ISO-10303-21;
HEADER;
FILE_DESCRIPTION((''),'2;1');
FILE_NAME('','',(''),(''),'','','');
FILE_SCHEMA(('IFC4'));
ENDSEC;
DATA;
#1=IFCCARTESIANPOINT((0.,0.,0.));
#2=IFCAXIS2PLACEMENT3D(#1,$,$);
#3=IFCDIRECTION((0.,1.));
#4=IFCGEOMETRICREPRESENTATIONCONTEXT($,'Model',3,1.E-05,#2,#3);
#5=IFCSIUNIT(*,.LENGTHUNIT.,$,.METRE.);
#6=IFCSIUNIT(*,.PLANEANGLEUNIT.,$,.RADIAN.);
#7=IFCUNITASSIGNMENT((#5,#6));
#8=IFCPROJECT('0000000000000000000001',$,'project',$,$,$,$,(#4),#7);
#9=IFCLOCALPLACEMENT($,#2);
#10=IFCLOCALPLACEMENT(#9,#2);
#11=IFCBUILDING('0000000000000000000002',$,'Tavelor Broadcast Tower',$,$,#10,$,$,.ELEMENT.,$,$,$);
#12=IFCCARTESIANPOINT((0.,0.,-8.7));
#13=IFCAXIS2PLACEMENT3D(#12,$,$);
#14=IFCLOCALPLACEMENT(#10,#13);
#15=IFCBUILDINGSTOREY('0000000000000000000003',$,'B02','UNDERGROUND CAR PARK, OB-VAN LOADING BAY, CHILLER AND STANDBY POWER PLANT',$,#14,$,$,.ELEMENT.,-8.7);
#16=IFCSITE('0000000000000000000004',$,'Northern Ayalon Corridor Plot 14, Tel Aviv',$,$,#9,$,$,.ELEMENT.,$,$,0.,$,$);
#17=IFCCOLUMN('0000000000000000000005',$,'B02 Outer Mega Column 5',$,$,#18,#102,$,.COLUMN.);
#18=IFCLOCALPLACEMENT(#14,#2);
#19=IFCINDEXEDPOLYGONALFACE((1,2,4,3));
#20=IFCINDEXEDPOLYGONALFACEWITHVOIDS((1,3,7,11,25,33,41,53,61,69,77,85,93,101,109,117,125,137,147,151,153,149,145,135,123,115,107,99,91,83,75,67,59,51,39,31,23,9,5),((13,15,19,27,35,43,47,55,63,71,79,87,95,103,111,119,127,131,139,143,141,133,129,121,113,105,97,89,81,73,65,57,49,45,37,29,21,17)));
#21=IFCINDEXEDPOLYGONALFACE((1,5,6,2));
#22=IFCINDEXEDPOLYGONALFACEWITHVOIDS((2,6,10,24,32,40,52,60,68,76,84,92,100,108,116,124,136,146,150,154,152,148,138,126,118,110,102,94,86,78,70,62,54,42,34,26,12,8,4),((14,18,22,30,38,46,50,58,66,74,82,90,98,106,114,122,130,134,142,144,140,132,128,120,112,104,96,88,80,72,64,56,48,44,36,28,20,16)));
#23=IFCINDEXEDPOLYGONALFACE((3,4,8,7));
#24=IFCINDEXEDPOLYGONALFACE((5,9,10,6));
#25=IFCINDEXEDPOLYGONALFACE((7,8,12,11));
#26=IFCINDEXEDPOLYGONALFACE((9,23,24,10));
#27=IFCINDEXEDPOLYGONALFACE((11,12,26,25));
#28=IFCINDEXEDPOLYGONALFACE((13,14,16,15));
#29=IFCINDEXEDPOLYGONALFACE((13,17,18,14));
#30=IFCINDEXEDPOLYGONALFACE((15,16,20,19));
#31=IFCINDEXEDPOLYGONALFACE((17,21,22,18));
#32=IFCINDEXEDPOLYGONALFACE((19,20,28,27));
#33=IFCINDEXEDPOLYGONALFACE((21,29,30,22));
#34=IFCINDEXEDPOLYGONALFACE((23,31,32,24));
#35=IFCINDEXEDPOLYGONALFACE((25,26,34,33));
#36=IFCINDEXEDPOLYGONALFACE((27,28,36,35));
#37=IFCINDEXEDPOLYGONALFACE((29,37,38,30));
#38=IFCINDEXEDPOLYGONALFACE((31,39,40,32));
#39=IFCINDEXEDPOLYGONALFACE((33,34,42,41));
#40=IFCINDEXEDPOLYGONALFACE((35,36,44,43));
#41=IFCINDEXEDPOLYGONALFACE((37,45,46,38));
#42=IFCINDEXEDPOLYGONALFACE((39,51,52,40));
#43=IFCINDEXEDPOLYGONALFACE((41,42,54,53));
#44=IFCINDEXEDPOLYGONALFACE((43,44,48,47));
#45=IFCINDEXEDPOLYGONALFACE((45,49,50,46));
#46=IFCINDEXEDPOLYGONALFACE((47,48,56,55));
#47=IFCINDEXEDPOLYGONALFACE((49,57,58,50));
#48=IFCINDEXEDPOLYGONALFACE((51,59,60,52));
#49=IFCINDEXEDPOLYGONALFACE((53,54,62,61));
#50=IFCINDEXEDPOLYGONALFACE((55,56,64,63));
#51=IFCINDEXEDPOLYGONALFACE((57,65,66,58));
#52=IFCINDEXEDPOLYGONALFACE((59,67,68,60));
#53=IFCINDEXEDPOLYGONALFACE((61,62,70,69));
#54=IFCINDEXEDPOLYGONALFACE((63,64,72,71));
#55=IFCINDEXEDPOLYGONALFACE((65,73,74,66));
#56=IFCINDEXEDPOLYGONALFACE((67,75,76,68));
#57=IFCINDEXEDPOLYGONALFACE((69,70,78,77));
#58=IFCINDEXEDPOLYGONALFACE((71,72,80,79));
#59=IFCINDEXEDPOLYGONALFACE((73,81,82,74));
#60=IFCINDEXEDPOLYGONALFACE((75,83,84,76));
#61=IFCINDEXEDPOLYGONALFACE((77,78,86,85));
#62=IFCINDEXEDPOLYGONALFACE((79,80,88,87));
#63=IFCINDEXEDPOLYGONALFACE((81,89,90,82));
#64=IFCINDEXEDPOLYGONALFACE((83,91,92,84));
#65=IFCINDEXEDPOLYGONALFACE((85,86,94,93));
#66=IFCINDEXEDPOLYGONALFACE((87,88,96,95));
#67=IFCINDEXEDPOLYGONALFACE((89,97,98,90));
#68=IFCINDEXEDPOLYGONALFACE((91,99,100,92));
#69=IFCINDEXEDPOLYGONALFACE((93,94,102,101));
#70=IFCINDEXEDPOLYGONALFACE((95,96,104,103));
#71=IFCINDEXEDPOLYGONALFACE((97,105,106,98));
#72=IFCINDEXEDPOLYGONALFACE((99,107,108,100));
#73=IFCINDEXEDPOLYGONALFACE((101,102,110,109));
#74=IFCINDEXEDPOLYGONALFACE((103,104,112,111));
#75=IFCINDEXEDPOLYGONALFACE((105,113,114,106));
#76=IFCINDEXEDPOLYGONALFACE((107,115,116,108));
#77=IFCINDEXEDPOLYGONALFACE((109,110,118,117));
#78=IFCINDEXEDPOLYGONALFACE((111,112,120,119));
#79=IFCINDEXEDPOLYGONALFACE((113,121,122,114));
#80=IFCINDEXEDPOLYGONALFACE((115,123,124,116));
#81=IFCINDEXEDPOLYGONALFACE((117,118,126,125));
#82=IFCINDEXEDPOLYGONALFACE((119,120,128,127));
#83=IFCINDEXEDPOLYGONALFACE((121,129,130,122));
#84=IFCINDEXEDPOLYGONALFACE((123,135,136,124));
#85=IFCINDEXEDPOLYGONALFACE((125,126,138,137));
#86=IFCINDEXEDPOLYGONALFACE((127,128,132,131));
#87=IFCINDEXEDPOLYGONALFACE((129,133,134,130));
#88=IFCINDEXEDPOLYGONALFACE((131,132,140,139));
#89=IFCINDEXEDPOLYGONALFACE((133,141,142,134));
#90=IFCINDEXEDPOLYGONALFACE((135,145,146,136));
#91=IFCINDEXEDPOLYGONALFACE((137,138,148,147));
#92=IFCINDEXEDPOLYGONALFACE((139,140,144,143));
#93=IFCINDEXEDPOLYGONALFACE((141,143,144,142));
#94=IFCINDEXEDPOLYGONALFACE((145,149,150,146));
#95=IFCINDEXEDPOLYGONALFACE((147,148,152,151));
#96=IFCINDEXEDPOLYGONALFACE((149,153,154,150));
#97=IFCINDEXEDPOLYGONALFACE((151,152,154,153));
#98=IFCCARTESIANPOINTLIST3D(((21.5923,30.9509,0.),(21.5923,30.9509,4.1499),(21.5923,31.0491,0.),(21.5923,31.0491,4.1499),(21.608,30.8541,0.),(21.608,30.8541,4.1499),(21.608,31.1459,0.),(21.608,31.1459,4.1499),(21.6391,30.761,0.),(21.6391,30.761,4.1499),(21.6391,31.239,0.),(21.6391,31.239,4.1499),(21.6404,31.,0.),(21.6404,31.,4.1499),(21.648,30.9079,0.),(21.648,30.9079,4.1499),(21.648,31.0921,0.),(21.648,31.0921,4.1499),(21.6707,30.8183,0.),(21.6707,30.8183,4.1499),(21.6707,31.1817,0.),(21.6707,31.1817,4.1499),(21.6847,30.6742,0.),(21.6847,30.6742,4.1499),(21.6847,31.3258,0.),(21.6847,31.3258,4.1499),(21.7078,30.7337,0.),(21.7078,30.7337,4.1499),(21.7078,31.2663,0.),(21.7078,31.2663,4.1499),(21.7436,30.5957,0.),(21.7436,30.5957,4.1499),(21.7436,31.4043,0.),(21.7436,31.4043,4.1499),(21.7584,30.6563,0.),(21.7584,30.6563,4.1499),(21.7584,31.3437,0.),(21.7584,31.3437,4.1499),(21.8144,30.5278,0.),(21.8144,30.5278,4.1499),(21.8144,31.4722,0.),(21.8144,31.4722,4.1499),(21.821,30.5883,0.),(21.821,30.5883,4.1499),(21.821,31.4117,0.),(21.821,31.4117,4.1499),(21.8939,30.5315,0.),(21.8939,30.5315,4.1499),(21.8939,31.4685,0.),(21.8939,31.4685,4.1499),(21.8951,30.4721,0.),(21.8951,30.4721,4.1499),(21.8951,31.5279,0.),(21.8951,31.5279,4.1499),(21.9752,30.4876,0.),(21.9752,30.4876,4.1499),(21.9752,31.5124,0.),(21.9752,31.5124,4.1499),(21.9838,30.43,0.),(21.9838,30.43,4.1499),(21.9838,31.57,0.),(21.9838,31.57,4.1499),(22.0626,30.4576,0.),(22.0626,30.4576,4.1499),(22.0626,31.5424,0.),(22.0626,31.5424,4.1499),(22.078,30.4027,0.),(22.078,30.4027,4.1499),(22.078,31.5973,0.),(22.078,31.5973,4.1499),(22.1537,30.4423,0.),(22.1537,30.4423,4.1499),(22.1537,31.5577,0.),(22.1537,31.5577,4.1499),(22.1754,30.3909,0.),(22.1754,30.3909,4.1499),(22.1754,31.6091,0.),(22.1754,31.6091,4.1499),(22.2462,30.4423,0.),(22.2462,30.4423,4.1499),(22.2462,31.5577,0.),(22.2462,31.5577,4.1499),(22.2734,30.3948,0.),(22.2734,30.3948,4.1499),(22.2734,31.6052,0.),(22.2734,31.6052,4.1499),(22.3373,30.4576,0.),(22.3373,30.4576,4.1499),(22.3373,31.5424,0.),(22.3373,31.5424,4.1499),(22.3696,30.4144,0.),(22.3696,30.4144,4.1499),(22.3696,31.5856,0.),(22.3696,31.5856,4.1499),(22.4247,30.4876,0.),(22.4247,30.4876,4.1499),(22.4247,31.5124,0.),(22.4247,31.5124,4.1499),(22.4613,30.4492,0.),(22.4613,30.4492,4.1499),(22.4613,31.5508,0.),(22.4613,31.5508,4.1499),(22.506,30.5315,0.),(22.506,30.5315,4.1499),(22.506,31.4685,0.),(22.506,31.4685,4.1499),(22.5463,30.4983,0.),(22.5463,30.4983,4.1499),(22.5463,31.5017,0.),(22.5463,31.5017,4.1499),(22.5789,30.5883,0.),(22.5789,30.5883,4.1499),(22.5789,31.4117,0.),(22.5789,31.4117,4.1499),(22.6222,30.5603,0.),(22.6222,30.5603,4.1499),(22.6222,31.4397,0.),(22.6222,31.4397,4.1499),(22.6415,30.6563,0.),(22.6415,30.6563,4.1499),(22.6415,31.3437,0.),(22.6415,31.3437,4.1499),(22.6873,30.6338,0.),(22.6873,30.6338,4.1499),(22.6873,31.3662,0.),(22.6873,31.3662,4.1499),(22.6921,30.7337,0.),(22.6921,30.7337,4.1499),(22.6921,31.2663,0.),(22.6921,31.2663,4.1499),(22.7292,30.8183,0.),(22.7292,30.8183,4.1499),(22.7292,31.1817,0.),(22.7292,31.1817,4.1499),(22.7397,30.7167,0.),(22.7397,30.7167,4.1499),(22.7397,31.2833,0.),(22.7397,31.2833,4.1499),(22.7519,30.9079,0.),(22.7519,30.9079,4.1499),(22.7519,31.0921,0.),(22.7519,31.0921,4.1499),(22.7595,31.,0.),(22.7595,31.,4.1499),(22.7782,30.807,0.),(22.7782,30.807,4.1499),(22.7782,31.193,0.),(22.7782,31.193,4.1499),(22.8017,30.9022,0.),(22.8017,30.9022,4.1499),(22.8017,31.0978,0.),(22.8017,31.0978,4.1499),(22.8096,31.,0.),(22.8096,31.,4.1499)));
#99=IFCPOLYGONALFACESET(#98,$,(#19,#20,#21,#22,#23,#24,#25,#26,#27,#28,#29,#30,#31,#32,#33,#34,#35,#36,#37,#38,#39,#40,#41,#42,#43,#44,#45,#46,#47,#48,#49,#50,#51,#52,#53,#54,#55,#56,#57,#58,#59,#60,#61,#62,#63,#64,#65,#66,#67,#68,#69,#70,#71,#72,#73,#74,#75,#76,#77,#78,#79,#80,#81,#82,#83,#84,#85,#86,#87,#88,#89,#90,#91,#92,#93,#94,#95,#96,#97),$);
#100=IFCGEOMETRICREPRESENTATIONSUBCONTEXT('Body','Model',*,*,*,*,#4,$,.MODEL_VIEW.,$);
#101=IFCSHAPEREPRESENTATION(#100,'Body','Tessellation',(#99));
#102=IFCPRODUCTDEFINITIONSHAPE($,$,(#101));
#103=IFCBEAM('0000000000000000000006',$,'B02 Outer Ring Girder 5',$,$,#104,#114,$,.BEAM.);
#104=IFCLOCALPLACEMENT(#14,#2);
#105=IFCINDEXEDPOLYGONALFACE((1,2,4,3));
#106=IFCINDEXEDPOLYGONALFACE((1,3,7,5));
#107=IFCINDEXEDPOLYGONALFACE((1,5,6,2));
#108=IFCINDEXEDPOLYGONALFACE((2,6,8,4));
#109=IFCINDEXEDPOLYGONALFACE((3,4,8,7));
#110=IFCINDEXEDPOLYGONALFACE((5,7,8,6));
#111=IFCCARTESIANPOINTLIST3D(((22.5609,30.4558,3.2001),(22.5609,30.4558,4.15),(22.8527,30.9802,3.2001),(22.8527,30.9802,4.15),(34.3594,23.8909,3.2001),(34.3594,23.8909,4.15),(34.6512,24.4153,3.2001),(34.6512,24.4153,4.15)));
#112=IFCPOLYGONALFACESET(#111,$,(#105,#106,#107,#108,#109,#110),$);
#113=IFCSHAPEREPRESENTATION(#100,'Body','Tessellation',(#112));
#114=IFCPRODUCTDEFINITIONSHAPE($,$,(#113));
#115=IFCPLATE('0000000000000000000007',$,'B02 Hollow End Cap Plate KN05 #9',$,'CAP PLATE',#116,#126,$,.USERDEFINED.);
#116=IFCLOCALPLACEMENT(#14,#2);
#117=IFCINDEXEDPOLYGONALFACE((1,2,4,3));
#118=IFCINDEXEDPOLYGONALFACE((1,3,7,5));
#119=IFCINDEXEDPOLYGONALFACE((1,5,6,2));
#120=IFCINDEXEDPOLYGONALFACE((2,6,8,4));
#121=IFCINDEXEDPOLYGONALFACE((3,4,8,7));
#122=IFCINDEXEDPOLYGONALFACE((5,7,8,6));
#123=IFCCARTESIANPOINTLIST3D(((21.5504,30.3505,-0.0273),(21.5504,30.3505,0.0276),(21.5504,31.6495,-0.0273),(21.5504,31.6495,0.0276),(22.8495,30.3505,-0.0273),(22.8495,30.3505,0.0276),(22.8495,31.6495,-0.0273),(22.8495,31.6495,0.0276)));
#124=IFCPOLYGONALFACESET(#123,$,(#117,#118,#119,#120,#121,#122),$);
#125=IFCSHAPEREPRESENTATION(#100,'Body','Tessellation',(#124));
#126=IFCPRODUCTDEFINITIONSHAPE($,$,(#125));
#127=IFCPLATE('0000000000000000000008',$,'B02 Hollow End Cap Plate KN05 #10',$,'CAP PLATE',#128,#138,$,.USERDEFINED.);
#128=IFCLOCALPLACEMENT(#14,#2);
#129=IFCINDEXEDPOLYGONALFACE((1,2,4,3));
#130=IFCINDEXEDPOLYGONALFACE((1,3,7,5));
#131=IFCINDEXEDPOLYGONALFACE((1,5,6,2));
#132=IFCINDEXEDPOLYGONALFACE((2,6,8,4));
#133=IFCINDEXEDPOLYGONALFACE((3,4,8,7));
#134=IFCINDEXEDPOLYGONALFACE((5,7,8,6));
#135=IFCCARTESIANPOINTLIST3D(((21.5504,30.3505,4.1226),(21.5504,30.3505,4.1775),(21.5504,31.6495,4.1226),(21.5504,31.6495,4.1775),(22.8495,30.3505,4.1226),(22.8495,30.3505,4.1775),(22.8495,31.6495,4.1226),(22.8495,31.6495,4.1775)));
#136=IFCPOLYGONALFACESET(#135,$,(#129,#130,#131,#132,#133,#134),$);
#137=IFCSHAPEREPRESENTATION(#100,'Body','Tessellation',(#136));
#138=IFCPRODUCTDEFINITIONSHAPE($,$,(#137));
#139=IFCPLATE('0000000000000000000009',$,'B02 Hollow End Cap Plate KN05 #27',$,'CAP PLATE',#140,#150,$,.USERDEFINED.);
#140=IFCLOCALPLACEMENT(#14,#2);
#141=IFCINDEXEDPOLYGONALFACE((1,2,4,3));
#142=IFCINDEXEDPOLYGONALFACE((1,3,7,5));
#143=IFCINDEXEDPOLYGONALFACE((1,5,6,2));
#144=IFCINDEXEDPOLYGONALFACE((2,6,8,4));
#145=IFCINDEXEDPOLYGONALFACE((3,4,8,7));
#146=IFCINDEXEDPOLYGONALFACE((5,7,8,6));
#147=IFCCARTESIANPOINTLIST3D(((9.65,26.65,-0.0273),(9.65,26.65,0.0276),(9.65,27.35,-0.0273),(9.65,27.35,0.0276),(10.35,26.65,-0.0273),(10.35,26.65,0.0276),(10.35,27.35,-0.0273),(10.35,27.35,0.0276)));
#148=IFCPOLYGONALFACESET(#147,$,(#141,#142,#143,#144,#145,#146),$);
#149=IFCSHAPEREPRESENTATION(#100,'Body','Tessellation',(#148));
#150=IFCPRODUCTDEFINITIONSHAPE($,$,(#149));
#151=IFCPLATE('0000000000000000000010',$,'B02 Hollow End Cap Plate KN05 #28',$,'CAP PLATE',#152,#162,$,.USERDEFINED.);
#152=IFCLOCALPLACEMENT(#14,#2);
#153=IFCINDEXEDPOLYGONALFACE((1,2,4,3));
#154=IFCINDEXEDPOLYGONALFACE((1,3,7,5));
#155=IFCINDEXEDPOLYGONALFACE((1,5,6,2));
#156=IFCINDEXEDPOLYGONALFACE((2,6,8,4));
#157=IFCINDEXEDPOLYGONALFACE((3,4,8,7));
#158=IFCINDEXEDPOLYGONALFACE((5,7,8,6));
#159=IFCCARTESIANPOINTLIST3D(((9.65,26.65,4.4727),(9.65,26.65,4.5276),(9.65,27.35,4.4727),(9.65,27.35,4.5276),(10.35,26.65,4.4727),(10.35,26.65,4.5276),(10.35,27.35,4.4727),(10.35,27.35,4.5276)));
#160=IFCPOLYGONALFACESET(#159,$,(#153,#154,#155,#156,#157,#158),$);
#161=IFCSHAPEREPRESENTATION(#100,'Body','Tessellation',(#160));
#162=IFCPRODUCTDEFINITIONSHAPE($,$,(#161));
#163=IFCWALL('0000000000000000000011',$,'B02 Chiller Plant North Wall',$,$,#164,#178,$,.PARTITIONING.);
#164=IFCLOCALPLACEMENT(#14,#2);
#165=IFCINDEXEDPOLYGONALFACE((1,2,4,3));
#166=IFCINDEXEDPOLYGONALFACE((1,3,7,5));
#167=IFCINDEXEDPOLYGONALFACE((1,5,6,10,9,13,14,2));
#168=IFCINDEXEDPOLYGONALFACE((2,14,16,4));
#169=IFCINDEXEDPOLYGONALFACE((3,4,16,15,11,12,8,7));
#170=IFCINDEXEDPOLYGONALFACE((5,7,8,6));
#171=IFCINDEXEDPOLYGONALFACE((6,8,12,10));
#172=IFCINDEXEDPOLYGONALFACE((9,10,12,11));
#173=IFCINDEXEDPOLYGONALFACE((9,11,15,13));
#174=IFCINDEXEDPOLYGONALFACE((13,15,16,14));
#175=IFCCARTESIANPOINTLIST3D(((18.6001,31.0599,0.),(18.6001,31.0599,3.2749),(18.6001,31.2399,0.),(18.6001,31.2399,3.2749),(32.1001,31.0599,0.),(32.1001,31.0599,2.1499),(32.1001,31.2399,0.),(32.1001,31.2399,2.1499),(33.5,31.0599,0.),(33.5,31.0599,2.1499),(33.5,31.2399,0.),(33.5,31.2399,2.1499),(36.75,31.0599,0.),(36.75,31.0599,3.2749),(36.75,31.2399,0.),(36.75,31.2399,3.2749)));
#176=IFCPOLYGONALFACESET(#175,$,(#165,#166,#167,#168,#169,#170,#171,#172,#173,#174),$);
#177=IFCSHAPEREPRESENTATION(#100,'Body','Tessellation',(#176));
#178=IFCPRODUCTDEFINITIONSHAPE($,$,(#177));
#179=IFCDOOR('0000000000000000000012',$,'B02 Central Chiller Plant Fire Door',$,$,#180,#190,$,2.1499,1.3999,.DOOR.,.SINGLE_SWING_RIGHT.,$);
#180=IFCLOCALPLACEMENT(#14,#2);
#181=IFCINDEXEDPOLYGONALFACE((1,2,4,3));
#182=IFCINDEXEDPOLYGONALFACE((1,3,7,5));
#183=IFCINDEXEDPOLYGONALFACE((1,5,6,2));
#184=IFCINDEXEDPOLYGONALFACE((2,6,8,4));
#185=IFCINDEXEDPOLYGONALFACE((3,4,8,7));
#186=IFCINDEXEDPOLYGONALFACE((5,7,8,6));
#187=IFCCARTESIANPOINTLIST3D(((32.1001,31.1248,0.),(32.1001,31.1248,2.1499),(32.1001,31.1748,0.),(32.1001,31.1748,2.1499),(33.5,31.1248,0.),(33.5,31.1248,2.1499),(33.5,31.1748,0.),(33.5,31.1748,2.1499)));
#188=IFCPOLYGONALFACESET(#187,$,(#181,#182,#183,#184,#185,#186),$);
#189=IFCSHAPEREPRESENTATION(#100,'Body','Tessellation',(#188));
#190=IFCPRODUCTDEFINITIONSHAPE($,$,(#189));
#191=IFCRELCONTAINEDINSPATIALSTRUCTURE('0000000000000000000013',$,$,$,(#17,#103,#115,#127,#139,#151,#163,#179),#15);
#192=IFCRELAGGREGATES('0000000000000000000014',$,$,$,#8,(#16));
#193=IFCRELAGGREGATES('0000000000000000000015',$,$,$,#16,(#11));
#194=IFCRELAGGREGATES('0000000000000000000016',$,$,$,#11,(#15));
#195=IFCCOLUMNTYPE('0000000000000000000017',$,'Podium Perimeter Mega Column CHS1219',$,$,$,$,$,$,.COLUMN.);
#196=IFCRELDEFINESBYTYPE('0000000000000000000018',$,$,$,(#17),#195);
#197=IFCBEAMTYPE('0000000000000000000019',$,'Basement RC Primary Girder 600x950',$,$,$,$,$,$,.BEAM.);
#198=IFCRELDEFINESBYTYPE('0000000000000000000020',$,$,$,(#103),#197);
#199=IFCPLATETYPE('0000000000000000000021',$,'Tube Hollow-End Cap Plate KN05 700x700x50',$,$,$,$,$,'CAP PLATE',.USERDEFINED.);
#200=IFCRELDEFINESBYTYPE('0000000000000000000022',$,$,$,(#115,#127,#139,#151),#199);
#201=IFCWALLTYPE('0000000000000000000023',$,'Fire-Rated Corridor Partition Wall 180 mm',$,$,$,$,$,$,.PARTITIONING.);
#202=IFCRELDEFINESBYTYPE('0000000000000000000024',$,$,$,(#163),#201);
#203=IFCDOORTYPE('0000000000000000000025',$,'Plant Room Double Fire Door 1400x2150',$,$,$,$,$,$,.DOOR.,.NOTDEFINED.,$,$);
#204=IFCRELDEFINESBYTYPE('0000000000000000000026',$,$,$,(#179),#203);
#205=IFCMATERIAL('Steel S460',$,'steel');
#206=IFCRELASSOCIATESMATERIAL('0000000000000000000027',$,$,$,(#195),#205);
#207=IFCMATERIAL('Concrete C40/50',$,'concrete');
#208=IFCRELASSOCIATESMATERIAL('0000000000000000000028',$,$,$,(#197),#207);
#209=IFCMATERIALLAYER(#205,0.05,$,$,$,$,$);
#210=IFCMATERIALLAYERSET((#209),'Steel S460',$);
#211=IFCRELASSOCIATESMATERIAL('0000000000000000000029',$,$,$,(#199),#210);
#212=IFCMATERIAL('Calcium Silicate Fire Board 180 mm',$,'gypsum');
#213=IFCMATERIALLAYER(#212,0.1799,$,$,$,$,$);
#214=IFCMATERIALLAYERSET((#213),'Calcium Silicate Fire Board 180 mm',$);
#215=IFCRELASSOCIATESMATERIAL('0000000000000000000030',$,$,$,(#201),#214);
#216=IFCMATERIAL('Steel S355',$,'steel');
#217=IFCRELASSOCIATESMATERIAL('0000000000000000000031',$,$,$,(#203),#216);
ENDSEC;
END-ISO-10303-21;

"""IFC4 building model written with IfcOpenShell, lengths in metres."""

from ifc_helpers import new_model, si_unit, direction, frame, frame_2d, origin, origin_2d, place, context, subcontext, project, spatial, rectangle, hollow_circle, extrude, source, transform, mapped, material, layer, layer_set, material_profile, profile_set, type_object, type_shapes, element, fill, save


model = new_model("IFC4")

# Units and contexts
model_context = context("Model", 3, precision=1e-05, world=origin(), true_north=direction((0.0, 1.0)))
body_context = subcontext(model_context, "Body", "Model", "MODEL_VIEW")
ifc_project = project(units=[si_unit("LENGTHUNIT", "METRE"), si_unit("PLANEANGLEUNIT", "RADIAN")], contexts=[model_context])

# Site, building, storey
site_placement = place(None, origin())
site = spatial("IfcSite", under=ifc_project, at=site_placement, Name="Northern Ayalon Corridor Plot 14, Tel Aviv", CompositionType="ELEMENT", RefElevation=0.0)
building_placement = place(site_placement, origin())
building = spatial("IfcBuilding", under=site, at=building_placement, Name="Tavelor Broadcast Tower", CompositionType="ELEMENT")
storey_placement = place(building_placement, frame((0.0, 0.0, -8.7)))
storey = spatial("IfcBuildingStorey", under=building, at=storey_placement, Name="B02", Description="UNDERGROUND CAR PARK, OB-VAN LOADING BAY, CHILLER AND STANDBY POWER PLANT", CompositionType="ELEMENT", Elevation=-8.7)

# Shared definitions
ifc_material_1 = material(Name="Concrete C40/50", Category="concrete")

# Column
ifc_material_2 = material(Name="Steel S355", Category="steel")
ifc_material_3 = material(Name="Steel S460", Category="steel")
ifc_material_profile_1 = material_profile(ifc_material_3, hollow_circle(Radius=0.6096, WallThickness=0.05, at=origin_2d()), Name="CHS 1219x50")
ifc_profile_set_1 = profile_set([ifc_material_profile_1], Name="Steel S460")
column_type_1 = type_object("IfcColumnType", Name="Podium Perimeter Mega Column CHS1219", PredefinedType="COLUMN", material=ifc_profile_set_1)
column_1_placement = place(storey_placement, frame((22.2, 31.0, 0.0), z_axis=(0.0, 0.0, 1.0), x_axis=(1.0, 0.0, 0.0)))
element("IfcColumn", 1, at=column_1_placement, inside=storey, type_object=column_type_1, Name="B02 Outer Mega Column 5", PredefinedType="COLUMN", context=body_context, shape_type="SweptSolid", body=[
    extrude(hollow_circle(Radius=0.6096, WallThickness=0.05, at=origin_2d()), origin(), (0.0, 0.0, 1.0), 4.1499),
])

# Beam
ifc_material_profile_2 = material_profile(ifc_material_1, rectangle(XDim=0.6001, YDim=0.95, at=origin_2d()), Name="RC 600x950")
ifc_profile_set_2 = profile_set([ifc_material_profile_2], Name="Concrete C40/50")
beam_type = type_object("IfcBeamType", Name="Basement RC Primary Girder 600x950", PredefinedType="BEAM", material=ifc_profile_set_2)
beam_placement = place(storey_placement, frame((22.7068, 30.718, 3.675), z_axis=(0.873837, -0.486219, 0.0), x_axis=(0.486219, 0.873837, 0.0)))
element("IfcBeam", 2, at=beam_placement, inside=storey, type_object=beam_type, Name="B02 Outer Ring Girder 5", PredefinedType="BEAM", context=body_context, shape_type="SweptSolid", body=[
    extrude(rectangle(XDim=0.6001, YDim=0.95, at=origin_2d()), origin(), (0.0, 0.0, 1.0), 13.502),
])

# Plates
ifc_layer_1 = layer(ifc_material_3, 0.05)
ifc_layer_set_1 = layer_set([ifc_layer_1], Name="Steel S460")
plate_type = type_object("IfcPlateType", Name="Tube Hollow-End Cap Plate KN05 700x700x50", ElementType="CAP PLATE", PredefinedType="USERDEFINED", material=ifc_layer_set_1)
shared_shape_1 = source(origin(), body_context, "Body", "SweptSolid", [
    extrude(rectangle(XDim=1.2991, YDim=1.2991, at=origin_2d()), origin(), (0.0, 0.0, 1.0), 0.0549),
])
for number, where, z_axis, x_axis, name in (
    (3, (22.2, 31.0, -0.0273), (0.0, 0.0, 1.0), (1.0, 0.0, 0.0), "B02 Hollow End Cap Plate KN05 #9"),
    (4, (22.2, 31.0, 4.1226), (0.0, 0.0, 1.0), (1.0, 0.0, 0.0), "B02 Hollow End Cap Plate KN05 #10"),
):
    element("IfcPlate", number, at=place(storey_placement, frame(where, z_axis=z_axis, x_axis=x_axis)), inside=storey, type_object=plate_type, Name=name, ObjectType="CAP PLATE", PredefinedType="USERDEFINED", context=body_context, shape_type="MappedRepresentation", body=[
        mapped(shared_shape_1, transform((0.0, 0.0, 0.0), scale=1.0)),
    ])
shared_shape_2 = source(origin(), body_context, "Body", "SweptSolid", [
    extrude(rectangle(XDim=0.7, YDim=0.7, at=origin_2d()), origin(), (0.0, 0.0, 1.0), 0.0549),
])
type_shapes(plate_type, [shared_shape_1, shared_shape_2])
for number, where, z_axis, x_axis, name in (
    (5, (10.0, 27.0, -0.0273), (0.0, 0.0, 1.0), (1.0, 0.0, 0.0), "B02 Hollow End Cap Plate KN05 #27"),
    (6, (10.0, 27.0, 4.4727), (0.0, 0.0, 1.0), (1.0, 0.0, 0.0), "B02 Hollow End Cap Plate KN05 #28"),
):
    element("IfcPlate", number, at=place(storey_placement, frame(where, z_axis=z_axis, x_axis=x_axis)), inside=storey, type_object=plate_type, Name=name, ObjectType="CAP PLATE", PredefinedType="USERDEFINED", context=body_context, shape_type="MappedRepresentation", body=[
        mapped(shared_shape_2, transform((0.0, 0.0, 0.0), scale=1.0)),
    ])

# Wall, opening, door
ifc_material_4 = material(Name="Calcium Silicate Fire Board 180 mm", Category="gypsum")
ifc_layer_2 = layer(ifc_material_4, 0.1799)
ifc_layer_set_2 = layer_set([ifc_layer_2], Name="Calcium Silicate Fire Board 180 mm")
wall_type_1 = type_object("IfcWallType", Name="Fire-Rated Corridor Partition Wall 180 mm", PredefinedType="PARTITIONING", material=ifc_layer_set_2)
wall_1_placement = place(storey_placement, frame((18.6001, 31.1499, 0.0), z_axis=(0.0, 0.0, 1.0), x_axis=(1.0, 0.0, 0.0)))
wall_1 = element("IfcWall", 7, at=wall_1_placement, inside=storey, type_object=wall_type_1, Name="B02 Chiller Plant North Wall", PredefinedType="PARTITIONING", context=body_context, shape_type="SweptSolid", body=[
    extrude(rectangle(XDim=18.1499, YDim=0.1799, at=frame_2d((9.075, 0.0))), origin(), (0.0, 0.0, 1.0), 3.2749),
])
opening_1_placement = place(wall_1_placement, frame((13.5, 0.0, 0.0)))
opening_1 = element("IfcOpeningElement", 8, at=opening_1_placement, cuts=wall_1, PredefinedType="OPENING", context=body_context, shape_type="SweptSolid", body=[
    extrude(rectangle(XDim=1.3999, YDim=2.1499, at=frame_2d((0.7, 1.075))), frame((0.0, 0.1001, 0.0), z_axis=(0.0, -1.0, 0.0), x_axis=(1.0, 0.0, 0.0)), (0.0, 0.0, 1.0), 0.2),
])
door_type_1 = type_object("IfcDoorType", Name="Plant Room Double Fire Door 1400x2150", OperationType="NOTDEFINED", PredefinedType="DOOR", material=ifc_material_2)
door_1_placement = place(opening_1_placement, origin())
door_1 = element("IfcDoor", 9, at=door_1_placement, inside=storey, type_object=door_type_1, Name="B02 Central Chiller Plant Fire Door", OperationType="SINGLE_SWING_RIGHT", OverallHeight=2.1499, OverallWidth=1.3999, PredefinedType="DOOR", context=body_context, shape_type="SweptSolid", body=[
    extrude(rectangle(XDim=1.3999, YDim=2.1499, at=frame_2d((0.7, 1.075))), frame((0.0, 0.0249, 0.0), z_axis=(0.0, -1.0, 0.0), x_axis=(1.0, 0.0, 0.0)), (0.0, 0.0, 1.0), 0.05),
])
fill(opening_1, door_1)

save(model, "model.ifc")
